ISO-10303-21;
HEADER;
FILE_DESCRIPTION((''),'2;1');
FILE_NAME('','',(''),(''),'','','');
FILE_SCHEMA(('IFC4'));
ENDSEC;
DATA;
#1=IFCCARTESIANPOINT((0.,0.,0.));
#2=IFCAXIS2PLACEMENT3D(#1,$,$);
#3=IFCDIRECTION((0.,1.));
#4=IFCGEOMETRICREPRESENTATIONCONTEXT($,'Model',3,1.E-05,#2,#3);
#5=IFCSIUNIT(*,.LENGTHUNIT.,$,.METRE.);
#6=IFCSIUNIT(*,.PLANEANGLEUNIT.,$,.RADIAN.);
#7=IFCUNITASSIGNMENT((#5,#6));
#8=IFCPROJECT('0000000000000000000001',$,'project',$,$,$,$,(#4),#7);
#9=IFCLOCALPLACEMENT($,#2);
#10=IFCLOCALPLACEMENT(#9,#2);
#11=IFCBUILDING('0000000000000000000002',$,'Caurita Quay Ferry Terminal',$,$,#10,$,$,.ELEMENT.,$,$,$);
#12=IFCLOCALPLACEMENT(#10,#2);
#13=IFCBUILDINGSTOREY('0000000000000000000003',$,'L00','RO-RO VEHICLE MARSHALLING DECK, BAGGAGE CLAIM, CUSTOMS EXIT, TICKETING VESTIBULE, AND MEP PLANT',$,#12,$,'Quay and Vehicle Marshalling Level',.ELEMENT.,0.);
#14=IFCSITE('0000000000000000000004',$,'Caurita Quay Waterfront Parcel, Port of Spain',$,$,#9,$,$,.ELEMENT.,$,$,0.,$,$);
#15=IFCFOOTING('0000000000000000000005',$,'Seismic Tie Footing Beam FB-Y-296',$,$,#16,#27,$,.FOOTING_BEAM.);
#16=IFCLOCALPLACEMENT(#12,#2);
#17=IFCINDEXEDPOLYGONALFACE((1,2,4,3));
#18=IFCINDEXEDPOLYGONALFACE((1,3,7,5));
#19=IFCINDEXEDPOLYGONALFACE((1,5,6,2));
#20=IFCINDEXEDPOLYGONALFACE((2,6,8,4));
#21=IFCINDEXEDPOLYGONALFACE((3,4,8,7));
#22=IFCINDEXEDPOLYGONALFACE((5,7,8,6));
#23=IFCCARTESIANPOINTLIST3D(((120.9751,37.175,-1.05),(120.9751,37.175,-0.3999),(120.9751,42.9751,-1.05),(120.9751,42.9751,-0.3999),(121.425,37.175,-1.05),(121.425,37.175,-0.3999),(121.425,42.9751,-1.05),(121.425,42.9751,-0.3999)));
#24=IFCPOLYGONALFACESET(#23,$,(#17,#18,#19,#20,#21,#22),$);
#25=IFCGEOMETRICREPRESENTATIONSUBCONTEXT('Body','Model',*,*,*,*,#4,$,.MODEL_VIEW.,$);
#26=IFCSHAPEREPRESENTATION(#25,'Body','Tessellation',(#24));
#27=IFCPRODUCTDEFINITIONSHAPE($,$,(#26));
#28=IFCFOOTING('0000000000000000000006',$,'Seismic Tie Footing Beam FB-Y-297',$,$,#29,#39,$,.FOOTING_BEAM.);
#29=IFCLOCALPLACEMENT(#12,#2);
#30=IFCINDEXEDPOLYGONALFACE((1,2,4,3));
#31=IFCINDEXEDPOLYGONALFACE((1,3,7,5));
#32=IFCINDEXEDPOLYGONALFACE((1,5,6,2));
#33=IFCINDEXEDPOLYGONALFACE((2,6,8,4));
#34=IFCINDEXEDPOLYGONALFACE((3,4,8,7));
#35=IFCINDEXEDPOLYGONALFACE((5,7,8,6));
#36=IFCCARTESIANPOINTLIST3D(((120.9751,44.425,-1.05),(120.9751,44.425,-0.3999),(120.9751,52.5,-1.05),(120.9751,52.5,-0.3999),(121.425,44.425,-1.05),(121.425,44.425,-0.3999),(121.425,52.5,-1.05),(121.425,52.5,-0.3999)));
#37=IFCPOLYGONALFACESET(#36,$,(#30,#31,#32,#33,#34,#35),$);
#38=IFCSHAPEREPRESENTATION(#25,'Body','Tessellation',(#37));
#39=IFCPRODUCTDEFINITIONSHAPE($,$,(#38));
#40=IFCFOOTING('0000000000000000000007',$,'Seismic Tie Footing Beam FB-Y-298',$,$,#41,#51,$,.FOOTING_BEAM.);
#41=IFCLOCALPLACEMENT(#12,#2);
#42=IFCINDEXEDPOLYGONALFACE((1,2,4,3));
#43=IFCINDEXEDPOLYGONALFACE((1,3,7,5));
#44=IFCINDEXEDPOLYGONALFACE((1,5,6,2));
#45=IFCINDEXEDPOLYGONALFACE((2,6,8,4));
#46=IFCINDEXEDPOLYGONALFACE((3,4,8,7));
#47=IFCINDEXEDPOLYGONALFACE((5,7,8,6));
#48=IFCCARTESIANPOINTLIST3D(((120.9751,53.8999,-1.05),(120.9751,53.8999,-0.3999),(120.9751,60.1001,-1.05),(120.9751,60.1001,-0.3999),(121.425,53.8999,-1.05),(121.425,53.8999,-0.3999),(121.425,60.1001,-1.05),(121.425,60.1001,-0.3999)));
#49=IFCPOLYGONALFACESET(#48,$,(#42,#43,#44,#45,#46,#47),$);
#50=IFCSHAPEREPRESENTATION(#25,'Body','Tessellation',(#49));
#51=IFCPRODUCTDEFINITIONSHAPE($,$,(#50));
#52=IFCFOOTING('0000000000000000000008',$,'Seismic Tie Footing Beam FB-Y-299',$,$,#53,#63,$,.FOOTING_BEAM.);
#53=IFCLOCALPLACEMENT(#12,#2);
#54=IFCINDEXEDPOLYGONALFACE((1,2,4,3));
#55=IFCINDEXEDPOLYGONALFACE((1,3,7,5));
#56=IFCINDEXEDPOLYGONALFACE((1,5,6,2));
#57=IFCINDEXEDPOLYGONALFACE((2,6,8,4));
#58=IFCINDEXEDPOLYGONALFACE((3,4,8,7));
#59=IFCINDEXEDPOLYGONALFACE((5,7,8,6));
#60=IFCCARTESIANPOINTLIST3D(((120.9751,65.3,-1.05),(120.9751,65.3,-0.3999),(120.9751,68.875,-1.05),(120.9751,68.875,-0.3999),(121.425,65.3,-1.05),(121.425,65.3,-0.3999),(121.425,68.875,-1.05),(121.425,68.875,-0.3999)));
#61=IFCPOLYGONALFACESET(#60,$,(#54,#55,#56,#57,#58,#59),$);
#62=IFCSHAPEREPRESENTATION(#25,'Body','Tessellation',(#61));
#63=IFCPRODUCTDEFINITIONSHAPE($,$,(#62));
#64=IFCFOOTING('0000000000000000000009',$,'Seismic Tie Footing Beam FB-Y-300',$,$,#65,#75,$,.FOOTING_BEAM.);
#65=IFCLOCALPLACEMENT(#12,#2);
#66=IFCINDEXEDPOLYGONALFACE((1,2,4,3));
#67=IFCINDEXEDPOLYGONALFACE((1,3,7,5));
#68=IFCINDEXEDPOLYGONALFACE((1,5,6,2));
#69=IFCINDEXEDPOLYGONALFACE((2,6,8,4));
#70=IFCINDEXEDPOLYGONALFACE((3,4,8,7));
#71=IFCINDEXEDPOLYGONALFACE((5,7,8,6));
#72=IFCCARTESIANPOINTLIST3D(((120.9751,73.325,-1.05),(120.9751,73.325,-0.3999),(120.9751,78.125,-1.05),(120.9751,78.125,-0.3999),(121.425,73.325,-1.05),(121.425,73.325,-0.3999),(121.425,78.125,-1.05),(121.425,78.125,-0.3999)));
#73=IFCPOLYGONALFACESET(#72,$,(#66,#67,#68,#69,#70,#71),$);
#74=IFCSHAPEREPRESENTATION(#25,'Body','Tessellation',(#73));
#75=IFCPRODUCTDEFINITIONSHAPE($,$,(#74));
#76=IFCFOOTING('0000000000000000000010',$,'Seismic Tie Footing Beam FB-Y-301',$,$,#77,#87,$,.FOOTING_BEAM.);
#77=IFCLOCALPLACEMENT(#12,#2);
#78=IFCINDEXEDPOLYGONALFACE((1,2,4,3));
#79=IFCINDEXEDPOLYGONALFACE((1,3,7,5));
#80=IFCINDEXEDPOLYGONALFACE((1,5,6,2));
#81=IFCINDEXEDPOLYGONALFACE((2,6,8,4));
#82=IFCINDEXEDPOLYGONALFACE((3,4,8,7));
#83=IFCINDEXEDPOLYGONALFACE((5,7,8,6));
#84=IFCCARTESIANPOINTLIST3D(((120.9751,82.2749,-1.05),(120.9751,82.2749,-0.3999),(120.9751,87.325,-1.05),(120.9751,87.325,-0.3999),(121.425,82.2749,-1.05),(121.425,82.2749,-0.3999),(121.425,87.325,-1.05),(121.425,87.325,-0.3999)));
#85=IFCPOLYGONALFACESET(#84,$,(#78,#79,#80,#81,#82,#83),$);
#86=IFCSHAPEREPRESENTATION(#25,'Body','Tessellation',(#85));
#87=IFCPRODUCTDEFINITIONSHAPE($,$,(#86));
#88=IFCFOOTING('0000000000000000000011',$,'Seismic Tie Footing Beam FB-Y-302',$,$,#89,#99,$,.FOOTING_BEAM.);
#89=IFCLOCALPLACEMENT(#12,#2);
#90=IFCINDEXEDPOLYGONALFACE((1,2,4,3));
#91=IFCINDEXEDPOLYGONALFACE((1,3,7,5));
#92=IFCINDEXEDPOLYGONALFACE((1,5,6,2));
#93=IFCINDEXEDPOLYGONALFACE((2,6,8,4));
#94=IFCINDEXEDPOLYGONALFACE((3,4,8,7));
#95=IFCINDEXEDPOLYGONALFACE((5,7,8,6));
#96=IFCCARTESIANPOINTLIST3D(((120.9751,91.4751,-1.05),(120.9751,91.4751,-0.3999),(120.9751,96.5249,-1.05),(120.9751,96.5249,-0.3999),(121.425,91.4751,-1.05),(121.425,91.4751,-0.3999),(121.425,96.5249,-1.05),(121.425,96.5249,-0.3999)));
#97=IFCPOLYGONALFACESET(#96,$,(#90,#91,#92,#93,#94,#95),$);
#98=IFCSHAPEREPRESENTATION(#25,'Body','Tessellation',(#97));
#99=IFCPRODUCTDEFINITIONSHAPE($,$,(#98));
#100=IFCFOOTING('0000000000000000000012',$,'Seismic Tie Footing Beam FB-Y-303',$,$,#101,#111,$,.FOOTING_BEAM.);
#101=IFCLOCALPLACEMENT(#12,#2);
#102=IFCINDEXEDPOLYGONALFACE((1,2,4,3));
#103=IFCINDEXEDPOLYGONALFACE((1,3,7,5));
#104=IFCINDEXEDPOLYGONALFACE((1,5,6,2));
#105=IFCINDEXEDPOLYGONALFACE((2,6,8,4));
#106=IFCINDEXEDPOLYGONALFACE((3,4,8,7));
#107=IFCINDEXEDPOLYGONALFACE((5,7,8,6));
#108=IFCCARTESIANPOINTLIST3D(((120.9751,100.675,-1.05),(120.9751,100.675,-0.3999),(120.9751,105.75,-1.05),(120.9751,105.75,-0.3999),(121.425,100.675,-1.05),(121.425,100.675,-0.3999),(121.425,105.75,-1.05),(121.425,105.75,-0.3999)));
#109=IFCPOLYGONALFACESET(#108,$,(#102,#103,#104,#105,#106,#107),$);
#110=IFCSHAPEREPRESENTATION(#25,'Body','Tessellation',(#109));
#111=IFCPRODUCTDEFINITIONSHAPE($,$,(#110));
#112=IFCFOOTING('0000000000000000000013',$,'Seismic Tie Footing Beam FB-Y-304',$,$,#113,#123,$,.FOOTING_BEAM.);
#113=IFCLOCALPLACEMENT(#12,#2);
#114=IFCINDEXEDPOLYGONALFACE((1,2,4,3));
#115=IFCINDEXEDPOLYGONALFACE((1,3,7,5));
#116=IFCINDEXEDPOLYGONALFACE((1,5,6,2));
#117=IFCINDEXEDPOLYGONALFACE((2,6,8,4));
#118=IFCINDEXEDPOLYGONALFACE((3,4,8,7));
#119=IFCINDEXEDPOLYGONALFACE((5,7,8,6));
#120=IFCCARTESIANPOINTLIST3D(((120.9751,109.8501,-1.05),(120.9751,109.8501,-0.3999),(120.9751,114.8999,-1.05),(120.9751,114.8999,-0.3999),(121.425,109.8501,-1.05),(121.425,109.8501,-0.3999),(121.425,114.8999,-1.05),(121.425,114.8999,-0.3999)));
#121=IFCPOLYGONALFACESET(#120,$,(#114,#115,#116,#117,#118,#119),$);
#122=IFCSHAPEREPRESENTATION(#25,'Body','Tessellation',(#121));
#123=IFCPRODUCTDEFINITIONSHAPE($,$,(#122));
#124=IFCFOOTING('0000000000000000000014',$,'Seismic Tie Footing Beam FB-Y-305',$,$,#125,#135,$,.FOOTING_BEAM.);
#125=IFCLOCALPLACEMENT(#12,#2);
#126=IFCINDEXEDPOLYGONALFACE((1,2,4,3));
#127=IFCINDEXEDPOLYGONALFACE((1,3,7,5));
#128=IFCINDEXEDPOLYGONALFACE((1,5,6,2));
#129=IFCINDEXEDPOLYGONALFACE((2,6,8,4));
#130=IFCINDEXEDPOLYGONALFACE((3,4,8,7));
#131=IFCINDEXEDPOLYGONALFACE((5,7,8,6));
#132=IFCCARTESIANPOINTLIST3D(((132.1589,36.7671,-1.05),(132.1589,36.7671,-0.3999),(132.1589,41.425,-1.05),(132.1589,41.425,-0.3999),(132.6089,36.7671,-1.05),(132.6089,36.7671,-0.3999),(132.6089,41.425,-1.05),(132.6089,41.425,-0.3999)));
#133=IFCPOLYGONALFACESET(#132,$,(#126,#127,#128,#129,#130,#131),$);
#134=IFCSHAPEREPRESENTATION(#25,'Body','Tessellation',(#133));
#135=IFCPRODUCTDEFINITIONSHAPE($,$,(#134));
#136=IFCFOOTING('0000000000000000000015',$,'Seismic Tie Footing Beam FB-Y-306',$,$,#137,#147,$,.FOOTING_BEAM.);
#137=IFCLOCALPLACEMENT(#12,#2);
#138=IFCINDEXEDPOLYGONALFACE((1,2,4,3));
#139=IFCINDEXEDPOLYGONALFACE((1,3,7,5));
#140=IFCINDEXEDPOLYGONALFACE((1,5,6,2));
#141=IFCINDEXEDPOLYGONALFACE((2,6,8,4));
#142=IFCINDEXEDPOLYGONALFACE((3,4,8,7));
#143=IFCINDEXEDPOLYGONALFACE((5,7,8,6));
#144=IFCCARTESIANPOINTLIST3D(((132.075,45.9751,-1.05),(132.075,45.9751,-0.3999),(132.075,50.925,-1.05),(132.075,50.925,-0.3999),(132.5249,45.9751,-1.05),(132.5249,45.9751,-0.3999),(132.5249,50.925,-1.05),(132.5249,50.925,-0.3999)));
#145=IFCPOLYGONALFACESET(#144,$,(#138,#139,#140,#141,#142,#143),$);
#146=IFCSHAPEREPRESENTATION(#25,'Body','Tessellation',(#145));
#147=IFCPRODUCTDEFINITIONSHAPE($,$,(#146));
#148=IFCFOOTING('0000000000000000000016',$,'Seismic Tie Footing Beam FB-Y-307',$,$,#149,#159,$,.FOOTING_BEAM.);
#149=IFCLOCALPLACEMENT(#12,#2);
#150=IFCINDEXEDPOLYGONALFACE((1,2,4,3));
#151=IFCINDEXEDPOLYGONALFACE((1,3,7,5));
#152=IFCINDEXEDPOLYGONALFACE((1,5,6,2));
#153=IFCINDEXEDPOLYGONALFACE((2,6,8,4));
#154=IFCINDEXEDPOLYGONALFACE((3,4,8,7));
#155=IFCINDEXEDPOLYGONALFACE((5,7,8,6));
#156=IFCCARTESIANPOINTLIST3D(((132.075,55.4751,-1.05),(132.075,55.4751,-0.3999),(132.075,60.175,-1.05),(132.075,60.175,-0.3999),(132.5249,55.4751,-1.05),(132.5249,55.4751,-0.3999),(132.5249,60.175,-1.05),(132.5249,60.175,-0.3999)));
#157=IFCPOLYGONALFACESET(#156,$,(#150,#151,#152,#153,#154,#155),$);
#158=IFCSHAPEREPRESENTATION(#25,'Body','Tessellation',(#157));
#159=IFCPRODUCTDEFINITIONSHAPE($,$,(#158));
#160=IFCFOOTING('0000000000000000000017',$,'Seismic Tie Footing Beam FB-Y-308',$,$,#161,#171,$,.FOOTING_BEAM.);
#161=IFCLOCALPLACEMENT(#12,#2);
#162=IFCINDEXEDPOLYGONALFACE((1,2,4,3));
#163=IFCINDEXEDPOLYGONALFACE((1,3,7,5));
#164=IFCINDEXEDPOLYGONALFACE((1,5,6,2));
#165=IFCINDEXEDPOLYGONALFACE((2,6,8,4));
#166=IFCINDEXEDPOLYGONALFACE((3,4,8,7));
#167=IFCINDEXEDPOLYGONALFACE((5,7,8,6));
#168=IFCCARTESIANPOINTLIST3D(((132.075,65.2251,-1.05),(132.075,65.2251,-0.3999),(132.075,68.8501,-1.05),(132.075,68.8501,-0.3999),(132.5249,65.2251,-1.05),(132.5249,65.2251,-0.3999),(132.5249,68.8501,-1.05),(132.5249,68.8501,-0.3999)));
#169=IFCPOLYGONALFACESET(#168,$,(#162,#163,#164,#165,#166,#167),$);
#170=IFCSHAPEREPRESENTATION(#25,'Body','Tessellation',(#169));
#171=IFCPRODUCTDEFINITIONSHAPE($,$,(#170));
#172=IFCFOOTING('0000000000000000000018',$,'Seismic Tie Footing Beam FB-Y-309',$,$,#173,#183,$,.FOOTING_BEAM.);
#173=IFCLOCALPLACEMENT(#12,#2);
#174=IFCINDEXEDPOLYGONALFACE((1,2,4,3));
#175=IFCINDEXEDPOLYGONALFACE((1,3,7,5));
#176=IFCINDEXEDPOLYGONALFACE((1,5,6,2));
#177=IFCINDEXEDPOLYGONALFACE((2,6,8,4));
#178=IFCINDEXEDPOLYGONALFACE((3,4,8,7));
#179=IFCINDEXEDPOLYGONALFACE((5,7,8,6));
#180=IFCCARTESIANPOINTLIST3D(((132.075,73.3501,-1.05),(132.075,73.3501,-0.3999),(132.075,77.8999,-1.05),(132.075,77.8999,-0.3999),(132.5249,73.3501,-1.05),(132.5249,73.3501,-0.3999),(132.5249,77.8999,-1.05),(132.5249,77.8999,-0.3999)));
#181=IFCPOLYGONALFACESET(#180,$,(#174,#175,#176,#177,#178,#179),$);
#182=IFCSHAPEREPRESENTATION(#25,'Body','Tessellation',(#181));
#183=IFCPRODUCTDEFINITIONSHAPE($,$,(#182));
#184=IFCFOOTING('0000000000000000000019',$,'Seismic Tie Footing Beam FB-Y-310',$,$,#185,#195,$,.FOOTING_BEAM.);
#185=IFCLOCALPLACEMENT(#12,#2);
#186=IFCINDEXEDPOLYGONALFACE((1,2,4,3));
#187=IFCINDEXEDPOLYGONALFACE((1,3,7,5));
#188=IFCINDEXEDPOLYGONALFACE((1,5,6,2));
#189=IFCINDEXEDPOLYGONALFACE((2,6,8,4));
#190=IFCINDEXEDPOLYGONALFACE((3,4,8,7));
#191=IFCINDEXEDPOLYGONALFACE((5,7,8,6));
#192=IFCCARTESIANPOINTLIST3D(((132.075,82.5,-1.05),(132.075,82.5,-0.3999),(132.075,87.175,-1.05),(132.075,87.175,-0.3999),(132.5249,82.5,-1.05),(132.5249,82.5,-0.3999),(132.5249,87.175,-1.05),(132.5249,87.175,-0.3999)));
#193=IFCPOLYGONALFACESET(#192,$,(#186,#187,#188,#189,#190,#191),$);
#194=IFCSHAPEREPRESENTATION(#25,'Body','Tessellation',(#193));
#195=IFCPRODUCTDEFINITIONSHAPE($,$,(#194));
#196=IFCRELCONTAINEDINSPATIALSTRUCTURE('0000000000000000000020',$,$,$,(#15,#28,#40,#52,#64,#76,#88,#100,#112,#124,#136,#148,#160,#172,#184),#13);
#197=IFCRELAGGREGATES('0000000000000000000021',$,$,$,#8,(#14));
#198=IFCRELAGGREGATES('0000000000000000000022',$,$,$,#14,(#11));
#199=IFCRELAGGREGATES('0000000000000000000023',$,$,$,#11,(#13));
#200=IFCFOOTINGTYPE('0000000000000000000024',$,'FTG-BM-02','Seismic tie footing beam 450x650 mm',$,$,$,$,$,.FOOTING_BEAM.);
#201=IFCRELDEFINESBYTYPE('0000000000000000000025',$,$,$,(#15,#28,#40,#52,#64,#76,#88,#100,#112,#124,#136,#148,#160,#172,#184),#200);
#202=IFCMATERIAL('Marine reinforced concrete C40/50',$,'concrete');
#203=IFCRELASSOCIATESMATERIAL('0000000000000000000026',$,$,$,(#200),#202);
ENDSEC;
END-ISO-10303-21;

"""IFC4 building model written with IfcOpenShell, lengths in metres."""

from ifc_helpers import new_model, si_unit, direction, frame, origin, place, context, subcontext, project, spatial, polyline, outline, extrude, material, type_object, element, save


model = new_model("IFC4")

# Units and contexts
model_context = context("Model", 3, precision=1e-05, world=origin(), true_north=direction((0.0, 1.0)))
body_context = subcontext(model_context, "Body", "Model", "MODEL_VIEW")
ifc_project = project(units=[si_unit("LENGTHUNIT", "METRE"), si_unit("PLANEANGLEUNIT", "RADIAN")], contexts=[model_context])

# Site, building, storey
site_placement = place(None, origin())
site = spatial("IfcSite", under=ifc_project, at=site_placement, Name="Caurita Quay Waterfront Parcel, Port of Spain", CompositionType="ELEMENT", RefElevation=0.0)
building_placement = place(site_placement, origin())
building = spatial("IfcBuilding", under=site, at=building_placement, Name="Caurita Quay Ferry Terminal", CompositionType="ELEMENT")
storey_placement = place(building_placement, origin())
storey = spatial("IfcBuildingStorey", under=building, at=storey_placement, Name="L00", Description="RO-RO VEHICLE MARSHALLING DECK, BAGGAGE CLAIM, CUSTOMS EXIT, TICKETING VESTIBULE, AND MEP PLANT", LongName="Quay and Vehicle Marshalling Level", CompositionType="ELEMENT", Elevation=0.0)

# Footings
ifc_material = material(Name="Marine reinforced concrete C40/50", Category="concrete")
footing_type = type_object("IfcFootingType", Name="FTG-BM-02", Description="Seismic tie footing beam 450x650 mm", PredefinedType="FOOTING_BEAM", material=ifc_material)
footing_1_placement = place(storey_placement, frame((0.0, 0.0, -1.05)))
element("IfcFooting", 1, at=footing_1_placement, inside=storey, type_object=footing_type, Name="Seismic Tie Footing Beam FB-Y-296", PredefinedType="FOOTING_BEAM", context=body_context, shape_type="SweptSolid", body=[
    extrude(outline(polyline([(120.9751, 37.175), (121.425, 37.175), (121.425, 42.9751), (120.9751, 42.9751), (120.9751, 37.175)])), origin(), (0.0, 0.0, 1.0), 0.6501),
])
footing_2_placement = place(storey_placement, frame((0.0, 0.0, -1.05)))
element("IfcFooting", 2, at=footing_2_placement, inside=storey, type_object=footing_type, Name="Seismic Tie Footing Beam FB-Y-297", PredefinedType="FOOTING_BEAM", context=body_context, shape_type="SweptSolid", body=[
    extrude(outline(polyline([(120.9751, 44.425), (121.425, 44.425), (121.425, 52.5), (120.9751, 52.5), (120.9751, 44.425)])), origin(), (0.0, 0.0, 1.0), 0.6501),
])
footing_3_placement = place(storey_placement, frame((0.0, 0.0, -1.05)))
element("IfcFooting", 3, at=footing_3_placement, inside=storey, type_object=footing_type, Name="Seismic Tie Footing Beam FB-Y-298", PredefinedType="FOOTING_BEAM", context=body_context, shape_type="SweptSolid", body=[
    extrude(outline(polyline([(120.9751, 53.8999), (121.425, 53.8999), (121.425, 60.1001), (120.9751, 60.1001), (120.9751, 53.8999)])), origin(), (0.0, 0.0, 1.0), 0.6501),
])
footing_4_placement = place(storey_placement, frame((0.0, 0.0, -1.05)))
element("IfcFooting", 4, at=footing_4_placement, inside=storey, type_object=footing_type, Name="Seismic Tie Footing Beam FB-Y-299", PredefinedType="FOOTING_BEAM", context=body_context, shape_type="SweptSolid", body=[
    extrude(outline(polyline([(120.9751, 65.3), (121.425, 65.3), (121.425, 68.875), (120.9751, 68.875), (120.9751, 65.3)])), origin(), (0.0, 0.0, 1.0), 0.6501),
])
footing_5_placement = place(storey_placement, frame((0.0, 0.0, -1.05)))
element("IfcFooting", 5, at=footing_5_placement, inside=storey, type_object=footing_type, Name="Seismic Tie Footing Beam FB-Y-300", PredefinedType="FOOTING_BEAM", context=body_context, shape_type="SweptSolid", body=[
    extrude(outline(polyline([(120.9751, 73.325), (121.425, 73.325), (121.425, 78.125), (120.9751, 78.125), (120.9751, 73.325)])), origin(), (0.0, 0.0, 1.0), 0.6501),
])
footing_6_placement = place(storey_placement, frame((0.0, 0.0, -1.05)))
element("IfcFooting", 6, at=footing_6_placement, inside=storey, type_object=footing_type, Name="Seismic Tie Footing Beam FB-Y-301", PredefinedType="FOOTING_BEAM", context=body_context, shape_type="SweptSolid", body=[
    extrude(outline(polyline([(120.9751, 82.2749), (121.425, 82.2749), (121.425, 87.325), (120.9751, 87.325), (120.9751, 82.2749)])), origin(), (0.0, 0.0, 1.0), 0.6501),
])
footing_7_placement = place(storey_placement, frame((0.0, 0.0, -1.05)))
element("IfcFooting", 7, at=footing_7_placement, inside=storey, type_object=footing_type, Name="Seismic Tie Footing Beam FB-Y-302", PredefinedType="FOOTING_BEAM", context=body_context, shape_type="SweptSolid", body=[
    extrude(outline(polyline([(120.9751, 91.4751), (121.425, 91.4751), (121.425, 96.5249), (120.9751, 96.5249), (120.9751, 91.4751)])), origin(), (0.0, 0.0, 1.0), 0.6501),
])
footing_8_placement = place(storey_placement, frame((0.0, 0.0, -1.05)))
element("IfcFooting", 8, at=footing_8_placement, inside=storey, type_object=footing_type, Name="Seismic Tie Footing Beam FB-Y-303", PredefinedType="FOOTING_BEAM", context=body_context, shape_type="SweptSolid", body=[
    extrude(outline(polyline([(120.9751, 100.675), (121.425, 100.675), (121.425, 105.75), (120.9751, 105.75), (120.9751, 100.675)])), origin(), (0.0, 0.0, 1.0), 0.6501),
])
footing_9_placement = place(storey_placement, frame((0.0, 0.0, -1.05)))
element("IfcFooting", 9, at=footing_9_placement, inside=storey, type_object=footing_type, Name="Seismic Tie Footing Beam FB-Y-304", PredefinedType="FOOTING_BEAM", context=body_context, shape_type="SweptSolid", body=[
    extrude(outline(polyline([(120.9751, 109.8501), (121.425, 109.8501), (121.425, 114.8999), (120.9751, 114.8999), (120.9751, 109.8501)])), origin(), (0.0, 0.0, 1.0), 0.6501),
])
footing_10_placement = place(storey_placement, frame((0.0, 0.0, -1.05)))
element("IfcFooting", 10, at=footing_10_placement, inside=storey, type_object=footing_type, Name="Seismic Tie Footing Beam FB-Y-305", PredefinedType="FOOTING_BEAM", context=body_context, shape_type="SweptSolid", body=[
    extrude(outline(polyline([(132.1589, 36.7671), (132.6089, 36.7671), (132.6089, 41.425), (132.1589, 41.425), (132.1589, 36.7671)])), origin(), (0.0, 0.0, 1.0), 0.6501),
])
footing_11_placement = place(storey_placement, frame((0.0, 0.0, -1.05)))
element("IfcFooting", 11, at=footing_11_placement, inside=storey, type_object=footing_type, Name="Seismic Tie Footing Beam FB-Y-306", PredefinedType="FOOTING_BEAM", context=body_context, shape_type="SweptSolid", body=[
    extrude(outline(polyline([(132.075, 45.9751), (132.5249, 45.9751), (132.5249, 50.925), (132.075, 50.925), (132.075, 45.9751)])), origin(), (0.0, 0.0, 1.0), 0.6501),
])
footing_12_placement = place(storey_placement, frame((0.0, 0.0, -1.05)))
element("IfcFooting", 12, at=footing_12_placement, inside=storey, type_object=footing_type, Name="Seismic Tie Footing Beam FB-Y-307", PredefinedType="FOOTING_BEAM", context=body_context, shape_type="SweptSolid", body=[
    extrude(outline(polyline([(132.075, 55.4751), (132.5249, 55.4751), (132.5249, 60.175), (132.075, 60.175), (132.075, 55.4751)])), origin(), (0.0, 0.0, 1.0), 0.6501),
])
footing_13_placement = place(storey_placement, frame((0.0, 0.0, -1.05)))
element("IfcFooting", 13, at=footing_13_placement, inside=storey, type_object=footing_type, Name="Seismic Tie Footing Beam FB-Y-308", PredefinedType="FOOTING_BEAM", context=body_context, shape_type="SweptSolid", body=[
    extrude(outline(polyline([(132.075, 65.2251), (132.5249, 65.2251), (132.5249, 68.8501), (132.075, 68.8501), (132.075, 65.2251)])), origin(), (0.0, 0.0, 1.0), 0.6501),
])
footing_14_placement = place(storey_placement, frame((0.0, 0.0, -1.05)))
element("IfcFooting", 14, at=footing_14_placement, inside=storey, type_object=footing_type, Name="Seismic Tie Footing Beam FB-Y-309", PredefinedType="FOOTING_BEAM", context=body_context, shape_type="SweptSolid", body=[
    extrude(outline(polyline([(132.075, 73.3501), (132.5249, 73.3501), (132.5249, 77.8999), (132.075, 77.8999), (132.075, 73.3501)])), origin(), (0.0, 0.0, 1.0), 0.6501),
])
footing_15_placement = place(storey_placement, frame((0.0, 0.0, -1.05)))
element("IfcFooting", 15, at=footing_15_placement, inside=storey, type_object=footing_type, Name="Seismic Tie Footing Beam FB-Y-310", PredefinedType="FOOTING_BEAM", context=body_context, shape_type="SweptSolid", body=[
    extrude(outline(polyline([(132.075, 82.5), (132.5249, 82.5), (132.5249, 87.175), (132.075, 87.175), (132.075, 82.5)])), origin(), (0.0, 0.0, 1.0), 0.6501),
])

save(model, "model.ifc")
